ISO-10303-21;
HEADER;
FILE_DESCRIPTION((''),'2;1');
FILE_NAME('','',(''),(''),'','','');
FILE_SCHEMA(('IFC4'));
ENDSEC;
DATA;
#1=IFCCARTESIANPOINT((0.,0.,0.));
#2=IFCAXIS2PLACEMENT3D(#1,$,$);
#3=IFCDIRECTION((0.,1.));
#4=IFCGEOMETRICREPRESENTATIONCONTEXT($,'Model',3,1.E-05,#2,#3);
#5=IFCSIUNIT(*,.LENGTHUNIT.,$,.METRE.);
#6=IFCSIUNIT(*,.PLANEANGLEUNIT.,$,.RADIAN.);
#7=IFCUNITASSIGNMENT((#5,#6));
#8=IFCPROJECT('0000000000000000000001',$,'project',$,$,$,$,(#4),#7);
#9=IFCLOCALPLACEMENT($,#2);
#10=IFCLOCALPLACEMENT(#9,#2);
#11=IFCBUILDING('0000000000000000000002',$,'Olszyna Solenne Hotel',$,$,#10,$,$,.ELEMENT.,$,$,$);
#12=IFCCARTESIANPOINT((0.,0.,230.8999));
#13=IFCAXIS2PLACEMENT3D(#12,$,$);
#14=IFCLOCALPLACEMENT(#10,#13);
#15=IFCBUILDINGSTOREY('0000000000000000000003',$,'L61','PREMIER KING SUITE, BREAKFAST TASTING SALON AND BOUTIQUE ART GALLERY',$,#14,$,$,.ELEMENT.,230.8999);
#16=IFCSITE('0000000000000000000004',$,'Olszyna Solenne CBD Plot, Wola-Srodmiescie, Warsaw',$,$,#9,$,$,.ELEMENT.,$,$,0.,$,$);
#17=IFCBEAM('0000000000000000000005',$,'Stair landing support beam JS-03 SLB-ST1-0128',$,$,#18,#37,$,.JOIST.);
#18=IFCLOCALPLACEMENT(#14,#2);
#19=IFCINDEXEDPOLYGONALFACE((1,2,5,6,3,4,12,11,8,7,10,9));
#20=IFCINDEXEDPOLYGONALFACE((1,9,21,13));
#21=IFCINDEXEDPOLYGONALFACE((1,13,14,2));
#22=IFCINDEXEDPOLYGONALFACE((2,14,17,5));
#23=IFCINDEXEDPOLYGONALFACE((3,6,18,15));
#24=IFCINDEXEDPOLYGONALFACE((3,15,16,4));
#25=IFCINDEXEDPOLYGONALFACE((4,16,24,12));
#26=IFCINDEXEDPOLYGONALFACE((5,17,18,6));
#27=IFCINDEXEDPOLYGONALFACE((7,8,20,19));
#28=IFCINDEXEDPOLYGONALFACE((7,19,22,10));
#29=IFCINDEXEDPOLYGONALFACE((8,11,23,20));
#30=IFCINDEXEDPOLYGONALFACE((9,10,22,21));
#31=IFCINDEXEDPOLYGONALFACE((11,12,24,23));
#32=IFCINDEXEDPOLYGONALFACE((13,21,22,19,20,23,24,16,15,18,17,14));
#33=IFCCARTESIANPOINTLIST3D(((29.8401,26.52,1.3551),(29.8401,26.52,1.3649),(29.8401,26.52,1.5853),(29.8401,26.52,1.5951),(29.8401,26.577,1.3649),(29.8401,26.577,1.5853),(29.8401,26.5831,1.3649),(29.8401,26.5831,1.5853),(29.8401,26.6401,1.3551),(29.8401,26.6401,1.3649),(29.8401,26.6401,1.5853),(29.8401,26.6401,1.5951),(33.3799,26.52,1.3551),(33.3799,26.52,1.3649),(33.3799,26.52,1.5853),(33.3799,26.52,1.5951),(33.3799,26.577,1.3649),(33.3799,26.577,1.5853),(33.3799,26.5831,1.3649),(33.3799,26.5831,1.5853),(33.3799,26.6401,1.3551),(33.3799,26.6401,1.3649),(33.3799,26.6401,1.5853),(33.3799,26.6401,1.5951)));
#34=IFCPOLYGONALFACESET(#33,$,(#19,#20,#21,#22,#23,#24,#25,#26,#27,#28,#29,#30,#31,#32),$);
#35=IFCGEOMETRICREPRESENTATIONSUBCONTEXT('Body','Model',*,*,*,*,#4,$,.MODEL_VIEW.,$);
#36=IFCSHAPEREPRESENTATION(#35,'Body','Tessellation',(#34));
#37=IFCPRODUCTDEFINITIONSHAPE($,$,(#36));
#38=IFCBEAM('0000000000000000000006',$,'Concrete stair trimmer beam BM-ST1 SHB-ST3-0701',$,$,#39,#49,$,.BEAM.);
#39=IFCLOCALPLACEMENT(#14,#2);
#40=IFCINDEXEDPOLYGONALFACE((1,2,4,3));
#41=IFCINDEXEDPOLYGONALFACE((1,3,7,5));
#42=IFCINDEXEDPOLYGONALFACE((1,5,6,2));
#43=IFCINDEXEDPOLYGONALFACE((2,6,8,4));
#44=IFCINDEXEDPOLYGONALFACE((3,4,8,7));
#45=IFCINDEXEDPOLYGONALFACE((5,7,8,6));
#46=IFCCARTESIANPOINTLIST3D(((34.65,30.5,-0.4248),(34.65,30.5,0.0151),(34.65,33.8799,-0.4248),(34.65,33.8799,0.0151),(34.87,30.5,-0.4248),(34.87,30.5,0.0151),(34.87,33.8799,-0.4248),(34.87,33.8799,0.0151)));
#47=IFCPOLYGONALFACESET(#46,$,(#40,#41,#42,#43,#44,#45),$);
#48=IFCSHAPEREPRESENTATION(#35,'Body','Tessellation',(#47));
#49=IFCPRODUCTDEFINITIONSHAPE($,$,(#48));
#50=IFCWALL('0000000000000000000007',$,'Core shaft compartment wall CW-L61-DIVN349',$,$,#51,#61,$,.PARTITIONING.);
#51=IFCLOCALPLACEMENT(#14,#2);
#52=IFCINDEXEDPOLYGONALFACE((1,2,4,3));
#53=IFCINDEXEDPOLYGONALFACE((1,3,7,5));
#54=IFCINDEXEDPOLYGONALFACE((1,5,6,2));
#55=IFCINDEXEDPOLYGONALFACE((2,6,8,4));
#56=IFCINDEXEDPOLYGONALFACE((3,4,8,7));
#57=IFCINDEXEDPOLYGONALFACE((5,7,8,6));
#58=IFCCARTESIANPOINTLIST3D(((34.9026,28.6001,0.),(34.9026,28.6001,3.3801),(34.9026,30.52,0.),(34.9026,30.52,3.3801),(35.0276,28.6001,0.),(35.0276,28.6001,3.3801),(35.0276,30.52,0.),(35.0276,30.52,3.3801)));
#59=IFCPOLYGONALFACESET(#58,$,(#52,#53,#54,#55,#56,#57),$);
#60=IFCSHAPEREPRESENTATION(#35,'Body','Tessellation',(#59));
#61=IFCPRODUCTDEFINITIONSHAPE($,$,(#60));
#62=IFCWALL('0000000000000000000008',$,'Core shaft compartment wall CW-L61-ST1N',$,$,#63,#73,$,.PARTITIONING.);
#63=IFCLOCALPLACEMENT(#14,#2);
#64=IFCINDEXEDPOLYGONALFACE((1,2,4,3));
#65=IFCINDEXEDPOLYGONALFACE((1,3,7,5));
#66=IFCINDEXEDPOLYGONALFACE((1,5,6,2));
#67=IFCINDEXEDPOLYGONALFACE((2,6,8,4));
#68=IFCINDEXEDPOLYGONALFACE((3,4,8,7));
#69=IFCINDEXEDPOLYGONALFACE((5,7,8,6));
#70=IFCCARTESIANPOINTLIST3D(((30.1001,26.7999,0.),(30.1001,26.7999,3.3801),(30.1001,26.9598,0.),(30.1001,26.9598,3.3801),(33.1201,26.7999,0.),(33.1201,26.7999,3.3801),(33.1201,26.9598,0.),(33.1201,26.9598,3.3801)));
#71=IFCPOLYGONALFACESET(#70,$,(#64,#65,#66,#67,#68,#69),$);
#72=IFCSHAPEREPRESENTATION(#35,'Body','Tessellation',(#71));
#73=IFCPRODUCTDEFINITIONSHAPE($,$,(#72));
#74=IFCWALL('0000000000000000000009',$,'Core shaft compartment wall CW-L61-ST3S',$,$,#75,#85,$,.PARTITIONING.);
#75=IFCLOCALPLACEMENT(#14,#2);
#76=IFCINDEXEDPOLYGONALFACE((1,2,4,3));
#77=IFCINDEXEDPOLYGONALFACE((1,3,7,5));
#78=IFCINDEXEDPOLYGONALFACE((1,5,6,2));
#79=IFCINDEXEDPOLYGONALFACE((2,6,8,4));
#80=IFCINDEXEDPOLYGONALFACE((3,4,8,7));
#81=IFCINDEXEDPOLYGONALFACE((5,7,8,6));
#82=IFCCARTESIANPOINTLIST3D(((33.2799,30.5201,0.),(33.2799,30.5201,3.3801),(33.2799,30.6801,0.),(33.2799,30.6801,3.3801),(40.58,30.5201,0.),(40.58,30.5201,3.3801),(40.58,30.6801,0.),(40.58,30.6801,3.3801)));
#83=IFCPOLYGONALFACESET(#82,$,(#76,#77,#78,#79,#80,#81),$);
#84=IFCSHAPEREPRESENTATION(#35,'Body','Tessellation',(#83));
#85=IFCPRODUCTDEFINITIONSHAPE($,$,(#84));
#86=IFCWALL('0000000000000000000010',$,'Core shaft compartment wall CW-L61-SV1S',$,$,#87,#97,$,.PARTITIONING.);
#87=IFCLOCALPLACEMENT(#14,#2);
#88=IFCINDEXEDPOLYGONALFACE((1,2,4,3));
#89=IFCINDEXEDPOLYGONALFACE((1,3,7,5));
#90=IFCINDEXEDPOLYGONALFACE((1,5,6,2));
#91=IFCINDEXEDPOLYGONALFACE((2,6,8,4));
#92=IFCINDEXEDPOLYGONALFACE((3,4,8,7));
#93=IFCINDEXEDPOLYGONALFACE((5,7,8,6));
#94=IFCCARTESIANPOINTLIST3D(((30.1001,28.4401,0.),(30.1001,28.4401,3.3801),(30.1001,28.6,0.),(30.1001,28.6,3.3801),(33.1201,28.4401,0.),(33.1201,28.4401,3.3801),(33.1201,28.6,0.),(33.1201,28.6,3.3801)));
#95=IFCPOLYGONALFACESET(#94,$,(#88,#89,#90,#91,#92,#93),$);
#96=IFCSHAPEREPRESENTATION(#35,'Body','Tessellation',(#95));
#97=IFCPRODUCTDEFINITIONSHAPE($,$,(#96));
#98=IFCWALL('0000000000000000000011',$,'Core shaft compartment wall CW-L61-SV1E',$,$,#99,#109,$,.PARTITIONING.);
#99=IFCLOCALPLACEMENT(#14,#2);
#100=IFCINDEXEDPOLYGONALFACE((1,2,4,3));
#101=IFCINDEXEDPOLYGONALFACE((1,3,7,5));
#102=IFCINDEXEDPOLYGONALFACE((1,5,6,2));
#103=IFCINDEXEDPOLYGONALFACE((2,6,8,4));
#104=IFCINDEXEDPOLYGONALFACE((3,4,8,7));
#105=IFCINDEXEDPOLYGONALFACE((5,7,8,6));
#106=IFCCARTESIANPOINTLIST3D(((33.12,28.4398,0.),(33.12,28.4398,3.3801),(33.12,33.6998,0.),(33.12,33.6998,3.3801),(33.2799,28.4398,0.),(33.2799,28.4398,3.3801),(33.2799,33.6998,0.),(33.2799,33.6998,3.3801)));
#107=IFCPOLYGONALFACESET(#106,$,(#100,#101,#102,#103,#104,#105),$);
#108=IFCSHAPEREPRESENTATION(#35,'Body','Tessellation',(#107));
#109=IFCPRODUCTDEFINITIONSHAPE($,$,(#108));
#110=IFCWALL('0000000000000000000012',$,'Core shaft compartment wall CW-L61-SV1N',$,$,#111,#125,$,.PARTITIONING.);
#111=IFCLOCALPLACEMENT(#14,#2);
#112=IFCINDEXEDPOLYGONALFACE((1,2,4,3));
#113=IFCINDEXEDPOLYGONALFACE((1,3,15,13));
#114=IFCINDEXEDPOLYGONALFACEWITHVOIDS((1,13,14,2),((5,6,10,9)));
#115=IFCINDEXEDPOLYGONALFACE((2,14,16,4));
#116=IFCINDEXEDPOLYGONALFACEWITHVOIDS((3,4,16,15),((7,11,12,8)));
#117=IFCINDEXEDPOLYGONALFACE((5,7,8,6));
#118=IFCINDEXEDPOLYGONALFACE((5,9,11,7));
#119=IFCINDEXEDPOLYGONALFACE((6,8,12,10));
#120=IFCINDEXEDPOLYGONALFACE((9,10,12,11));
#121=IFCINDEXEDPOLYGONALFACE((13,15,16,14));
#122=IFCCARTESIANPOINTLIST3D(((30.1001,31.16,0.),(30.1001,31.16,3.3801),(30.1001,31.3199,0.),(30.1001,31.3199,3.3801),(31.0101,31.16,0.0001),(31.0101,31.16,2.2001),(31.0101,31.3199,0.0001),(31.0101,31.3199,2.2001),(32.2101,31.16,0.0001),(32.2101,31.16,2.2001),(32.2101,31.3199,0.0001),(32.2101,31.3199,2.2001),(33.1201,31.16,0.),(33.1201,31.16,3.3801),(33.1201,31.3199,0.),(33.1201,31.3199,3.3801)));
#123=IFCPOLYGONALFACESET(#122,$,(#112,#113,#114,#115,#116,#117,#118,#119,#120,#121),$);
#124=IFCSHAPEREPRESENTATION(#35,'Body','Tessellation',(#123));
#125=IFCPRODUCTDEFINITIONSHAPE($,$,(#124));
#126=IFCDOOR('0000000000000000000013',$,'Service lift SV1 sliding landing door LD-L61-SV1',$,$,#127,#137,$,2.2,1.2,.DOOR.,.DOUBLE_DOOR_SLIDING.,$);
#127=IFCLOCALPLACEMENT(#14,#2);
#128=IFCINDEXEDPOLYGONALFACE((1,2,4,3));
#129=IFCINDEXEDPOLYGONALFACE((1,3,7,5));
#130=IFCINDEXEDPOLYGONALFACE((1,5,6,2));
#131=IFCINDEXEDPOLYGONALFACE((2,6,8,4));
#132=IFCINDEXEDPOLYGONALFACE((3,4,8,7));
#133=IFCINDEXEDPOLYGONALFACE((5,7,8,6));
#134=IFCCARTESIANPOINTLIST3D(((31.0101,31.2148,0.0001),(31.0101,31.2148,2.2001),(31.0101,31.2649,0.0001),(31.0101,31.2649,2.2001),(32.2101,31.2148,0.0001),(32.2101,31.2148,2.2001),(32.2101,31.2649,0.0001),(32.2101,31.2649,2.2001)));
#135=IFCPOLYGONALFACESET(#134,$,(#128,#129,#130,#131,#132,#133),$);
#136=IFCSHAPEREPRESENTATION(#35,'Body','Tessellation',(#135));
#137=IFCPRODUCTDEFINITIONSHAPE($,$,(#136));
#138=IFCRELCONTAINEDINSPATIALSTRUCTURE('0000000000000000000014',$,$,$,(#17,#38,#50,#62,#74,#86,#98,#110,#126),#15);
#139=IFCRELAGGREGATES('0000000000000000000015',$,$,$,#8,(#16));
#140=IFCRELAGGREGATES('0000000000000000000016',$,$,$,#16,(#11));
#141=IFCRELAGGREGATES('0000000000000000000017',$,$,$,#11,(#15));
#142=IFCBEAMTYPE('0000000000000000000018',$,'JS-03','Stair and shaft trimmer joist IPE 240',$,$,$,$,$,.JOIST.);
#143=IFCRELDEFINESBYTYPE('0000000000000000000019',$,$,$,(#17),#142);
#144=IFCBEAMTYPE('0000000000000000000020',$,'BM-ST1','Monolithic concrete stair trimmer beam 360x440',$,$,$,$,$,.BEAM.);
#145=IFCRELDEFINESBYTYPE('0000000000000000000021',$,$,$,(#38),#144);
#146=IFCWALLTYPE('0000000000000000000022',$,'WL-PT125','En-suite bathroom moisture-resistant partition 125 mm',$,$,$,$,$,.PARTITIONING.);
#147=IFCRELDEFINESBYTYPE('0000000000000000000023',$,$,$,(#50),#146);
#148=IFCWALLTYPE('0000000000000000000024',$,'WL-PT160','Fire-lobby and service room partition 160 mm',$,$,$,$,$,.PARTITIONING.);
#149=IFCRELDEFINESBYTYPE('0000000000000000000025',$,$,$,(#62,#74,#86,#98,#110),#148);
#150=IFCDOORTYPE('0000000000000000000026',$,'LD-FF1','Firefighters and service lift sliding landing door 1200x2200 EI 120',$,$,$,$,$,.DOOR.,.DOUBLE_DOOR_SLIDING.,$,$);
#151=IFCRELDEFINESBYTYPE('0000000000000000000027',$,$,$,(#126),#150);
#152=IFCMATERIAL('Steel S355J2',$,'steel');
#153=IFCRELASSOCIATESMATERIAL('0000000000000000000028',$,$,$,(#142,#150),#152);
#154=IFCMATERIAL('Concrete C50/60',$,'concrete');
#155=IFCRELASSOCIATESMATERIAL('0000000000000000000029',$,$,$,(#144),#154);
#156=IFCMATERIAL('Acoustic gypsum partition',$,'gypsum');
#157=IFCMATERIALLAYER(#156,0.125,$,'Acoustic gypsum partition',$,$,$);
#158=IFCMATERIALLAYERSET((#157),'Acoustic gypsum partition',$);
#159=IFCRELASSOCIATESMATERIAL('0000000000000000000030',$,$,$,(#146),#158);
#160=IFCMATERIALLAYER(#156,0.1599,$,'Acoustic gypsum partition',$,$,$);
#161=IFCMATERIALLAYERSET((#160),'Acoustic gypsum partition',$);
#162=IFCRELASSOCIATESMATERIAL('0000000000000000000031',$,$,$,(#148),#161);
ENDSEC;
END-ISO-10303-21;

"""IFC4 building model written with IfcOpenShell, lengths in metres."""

from ifc_helpers import new_model, si_unit, direction, frame, frame_2d, origin, origin_2d, place, context, subcontext, project, spatial, rectangle, i_section, extrude, source, transform, mapped, material, layer, layer_set, material_profile, profile_set, type_object, type_shapes, element, fill, save


model = new_model("IFC4")

# Units and contexts
model_context = context("Model", 3, precision=1e-05, world=origin(), true_north=direction((0.0, 1.0)))
body_context = subcontext(model_context, "Body", "Model", "MODEL_VIEW")
ifc_project = project(units=[si_unit("LENGTHUNIT", "METRE"), si_unit("PLANEANGLEUNIT", "RADIAN")], contexts=[model_context])

# Site, building, storey
site_placement = place(None, origin())
site = spatial("IfcSite", under=ifc_project, at=site_placement, Name="Olszyna Solenne CBD Plot, Wola-Srodmiescie, Warsaw", CompositionType="ELEMENT", RefElevation=0.0)
building_placement = place(site_placement, origin())
building = spatial("IfcBuilding", under=site, at=building_placement, Name="Olszyna Solenne Hotel", CompositionType="ELEMENT")
storey_placement = place(building_placement, frame((0.0, 0.0, 230.8999)))
storey = spatial("IfcBuildingStorey", under=building, at=storey_placement, Name="L61", Description="PREMIER KING SUITE, BREAKFAST TASTING SALON AND BOUTIQUE ART GALLERY", CompositionType="ELEMENT", Elevation=230.8999)

# Beams
ifc_material_1 = material(Name="Steel S355J2", Category="steel")
ifc_material_profile_1 = material_profile(ifc_material_1, i_section(OverallWidth=0.1201, OverallDepth=0.24, WebThickness=0.0061, FlangeThickness=0.0098, at=origin_2d()), Name="IPE 240", Category="load-bearing")
ifc_profile_set_1 = profile_set([ifc_material_profile_1], Name="Steel S355J2")
beam_type_1 = type_object("IfcBeamType", Name="JS-03", Description="Stair and shaft trimmer joist IPE 240", PredefinedType="JOIST", material=ifc_profile_set_1)
shared_shape_1 = source(origin(), body_context, "Body", "SweptSolid", [
    extrude(i_section(OverallWidth=0.1201, OverallDepth=0.24, WebThickness=0.0061, FlangeThickness=0.0098, at=origin_2d()), origin(), (0.0, 0.0, 1.0), 3.5398),
])
beam_1_placement = place(storey_placement, frame((33.3799, 26.5801, 1.4751), z_axis=(-1.0, 0.0, 0.0), x_axis=(0.0, -1.0, 0.0)))
element("IfcBeam", 1, at=beam_1_placement, inside=storey, type_object=beam_type_1, Name="Stair landing support beam JS-03 SLB-ST1-0128", PredefinedType="JOIST", context=body_context, shape_type="MappedRepresentation", body=[
    mapped(shared_shape_1, transform((0.0, 0.0, 0.0), x_axis=(1.0, 0.0, 0.0), y_axis=(0.0, 1.0, 0.0), z_axis=(0.0, 0.0, 1.0), scale=1.0)),
])
ifc_material_2 = material(Name="Concrete C50/60", Category="concrete")
ifc_material_profile_2 = material_profile(ifc_material_2, rectangle(XDim=0.22, YDim=0.4399, at=origin_2d()), Name="RC 220x440", Category="load-bearing")
ifc_profile_set_2 = profile_set([ifc_material_profile_2], Name="Concrete C50/60")
beam_type_2 = type_object("IfcBeamType", Name="BM-ST1", Description="Monolithic concrete stair trimmer beam 360x440", PredefinedType="BEAM", material=ifc_profile_set_2)
shared_shape_2 = source(origin(), body_context, "Body", "SweptSolid", [
    extrude(rectangle(XDim=0.22, YDim=0.4399, at=origin_2d()), origin(), (0.0, 0.0, 1.0), 3.3799),
])
beam_2_placement = place(storey_placement, frame((34.76, 30.5, -0.2048), z_axis=(0.0, 1.0, 0.0), x_axis=(-1.0, 0.0, 0.0)))
element("IfcBeam", 2, at=beam_2_placement, inside=storey, type_object=beam_type_2, Name="Concrete stair trimmer beam BM-ST1 SHB-ST3-0701", PredefinedType="BEAM", context=body_context, shape_type="MappedRepresentation", body=[
    mapped(shared_shape_2, transform((0.0, 0.0, 0.0), x_axis=(1.0, 0.0, 0.0), y_axis=(0.0, 1.0, 0.0), z_axis=(0.0, 0.0, 1.0), scale=1.0)),
])

# Walls
ifc_material_3 = material(Name="Acoustic gypsum partition", Category="gypsum")
ifc_layer_1 = layer(ifc_material_3, 0.125, Name="Acoustic gypsum partition")
ifc_layer_set_1 = layer_set([ifc_layer_1], Name="Acoustic gypsum partition")
wall_type_1 = type_object("IfcWallType", Name="WL-PT125", Description="En-suite bathroom moisture-resistant partition 125 mm", PredefinedType="PARTITIONING", material=ifc_layer_set_1)
wall_1_placement = place(storey_placement, frame((34.9651, 28.6001, 0.0), z_axis=(0.0, 0.0, 1.0), x_axis=(0.0, 1.0, 0.0)))
element("IfcWall", 3, at=wall_1_placement, inside=storey, type_object=wall_type_1, Name="Core shaft compartment wall CW-L61-DIVN349", PredefinedType="PARTITIONING", context=body_context, shape_type="SweptSolid", body=[
    extrude(rectangle(XDim=1.9199, YDim=0.125, at=frame_2d((0.96, 0.0))), origin(), (0.0, 0.0, 1.0), 3.3801),
])
ifc_layer_2 = layer(ifc_material_3, 0.1599, Name="Acoustic gypsum partition")
ifc_layer_set_2 = layer_set([ifc_layer_2], Name="Acoustic gypsum partition")
wall_type_2 = type_object("IfcWallType", Name="WL-PT160", Description="Fire-lobby and service room partition 160 mm", PredefinedType="PARTITIONING", material=ifc_layer_set_2)
wall_2_placement = place(storey_placement, frame((30.1001, 26.8799, 0.0), z_axis=(0.0, 0.0, 1.0), x_axis=(1.0, 0.0, 0.0)))
element("IfcWall", 4, at=wall_2_placement, inside=storey, type_object=wall_type_2, Name="Core shaft compartment wall CW-L61-ST1N", PredefinedType="PARTITIONING", context=body_context, shape_type="SweptSolid", body=[
    extrude(rectangle(XDim=3.02, YDim=0.1599, at=frame_2d((1.51, 0.0))), origin(), (0.0, 0.0, 1.0), 3.3801),
])
wall_3_placement = place(storey_placement, frame((33.28, 30.6001, 0.0), z_axis=(0.0, 0.0, 1.0), x_axis=(1.0, 0.0, 0.0)))
element("IfcWall", 5, at=wall_3_placement, inside=storey, type_object=wall_type_2, Name="Core shaft compartment wall CW-L61-ST3S", PredefinedType="PARTITIONING", context=body_context, shape_type="SweptSolid", body=[
    extrude(rectangle(XDim=7.3, YDim=0.1599, at=frame_2d((3.6499, 0.0))), origin(), (0.0, 0.0, 1.0), 3.3801),
])
wall_4_placement = place(storey_placement, frame((30.1001, 28.52, 0.0), z_axis=(0.0, 0.0, 1.0), x_axis=(1.0, 0.0, 0.0)))
element("IfcWall", 6, at=wall_4_placement, inside=storey, type_object=wall_type_2, Name="Core shaft compartment wall CW-L61-SV1S", PredefinedType="PARTITIONING", context=body_context, shape_type="SweptSolid", body=[
    extrude(rectangle(XDim=3.02, YDim=0.1599, at=frame_2d((1.51, 0.0))), origin(), (0.0, 0.0, 1.0), 3.3801),
])
wall_5_placement = place(storey_placement, frame((33.2, 28.4399, 0.0), z_axis=(0.0, 0.0, 1.0), x_axis=(0.0, 1.0, 0.0)))
element("IfcWall", 7, at=wall_5_placement, inside=storey, type_object=wall_type_2, Name="Core shaft compartment wall CW-L61-SV1E", PredefinedType="PARTITIONING", context=body_context, shape_type="SweptSolid", body=[
    extrude(rectangle(XDim=5.26, YDim=0.1599, at=frame_2d((2.6299, 0.0))), origin(), (0.0, 0.0, 1.0), 3.3801),
])

# Wall, opening, door
wall_6_placement = place(storey_placement, frame((30.1001, 31.24, 0.0), z_axis=(0.0, 0.0, 1.0), x_axis=(1.0, 0.0, 0.0)))
wall_6 = element("IfcWall", 8, at=wall_6_placement, inside=storey, type_object=wall_type_2, Name="Core shaft compartment wall CW-L61-SV1N", PredefinedType="PARTITIONING", context=body_context, shape_type="SweptSolid", body=[
    extrude(rectangle(XDim=3.02, YDim=0.1599, at=frame_2d((1.51, 0.0))), origin(), (0.0, 0.0, 1.0), 3.3801),
])
opening_1_placement = place(wall_6_placement, frame((0.9099, 0.0, 0.0)))
opening_1 = element("IfcOpeningElement", 9, at=opening_1_placement, cuts=wall_6, PredefinedType="OPENING", context=body_context, shape_type="SweptSolid", body=[
    extrude(rectangle(XDim=1.2, YDim=2.2, at=frame_2d((0.6001, 1.1001))), frame((0.0, 0.0898, 0.0), z_axis=(0.0, -1.0, 0.0), x_axis=(1.0, 0.0, 0.0)), (0.0, 0.0, 1.0), 0.1799),
])
door_type_1 = type_object("IfcDoorType", Name="LD-FF1", Description="Firefighters and service lift sliding landing door 1200x2200 EI 120", OperationType="DOUBLE_DOOR_SLIDING", PredefinedType="DOOR", material=ifc_material_1)
shared_shape_3 = source(origin(), body_context, "Body", "SweptSolid", [
    extrude(rectangle(XDim=1.2, YDim=2.2, at=frame_2d((0.6001, 1.1001))), frame((0.0, 0.0249, 0.0), z_axis=(0.0, -1.0, 0.0), x_axis=(1.0, 0.0, 0.0)), (0.0, 0.0, 1.0), 0.05),
])
type_shapes(door_type_1, [shared_shape_3])
door_1_placement = place(opening_1_placement, origin())
door_1 = element("IfcDoor", 10, at=door_1_placement, inside=storey, type_object=door_type_1, Name="Service lift SV1 sliding landing door LD-L61-SV1", OperationType="DOUBLE_DOOR_SLIDING", OverallHeight=2.2, OverallWidth=1.2, PredefinedType="DOOR", context=body_context, shape_type="MappedRepresentation", body=[
    mapped(shared_shape_3, transform((0.0, 0.0, 0.0), x_axis=(1.0, 0.0, 0.0), y_axis=(0.0, 1.0, 0.0), z_axis=(0.0, 0.0, 1.0), scale=1.0)),
])
fill(opening_1, door_1)

save(model, "model.ifc")
